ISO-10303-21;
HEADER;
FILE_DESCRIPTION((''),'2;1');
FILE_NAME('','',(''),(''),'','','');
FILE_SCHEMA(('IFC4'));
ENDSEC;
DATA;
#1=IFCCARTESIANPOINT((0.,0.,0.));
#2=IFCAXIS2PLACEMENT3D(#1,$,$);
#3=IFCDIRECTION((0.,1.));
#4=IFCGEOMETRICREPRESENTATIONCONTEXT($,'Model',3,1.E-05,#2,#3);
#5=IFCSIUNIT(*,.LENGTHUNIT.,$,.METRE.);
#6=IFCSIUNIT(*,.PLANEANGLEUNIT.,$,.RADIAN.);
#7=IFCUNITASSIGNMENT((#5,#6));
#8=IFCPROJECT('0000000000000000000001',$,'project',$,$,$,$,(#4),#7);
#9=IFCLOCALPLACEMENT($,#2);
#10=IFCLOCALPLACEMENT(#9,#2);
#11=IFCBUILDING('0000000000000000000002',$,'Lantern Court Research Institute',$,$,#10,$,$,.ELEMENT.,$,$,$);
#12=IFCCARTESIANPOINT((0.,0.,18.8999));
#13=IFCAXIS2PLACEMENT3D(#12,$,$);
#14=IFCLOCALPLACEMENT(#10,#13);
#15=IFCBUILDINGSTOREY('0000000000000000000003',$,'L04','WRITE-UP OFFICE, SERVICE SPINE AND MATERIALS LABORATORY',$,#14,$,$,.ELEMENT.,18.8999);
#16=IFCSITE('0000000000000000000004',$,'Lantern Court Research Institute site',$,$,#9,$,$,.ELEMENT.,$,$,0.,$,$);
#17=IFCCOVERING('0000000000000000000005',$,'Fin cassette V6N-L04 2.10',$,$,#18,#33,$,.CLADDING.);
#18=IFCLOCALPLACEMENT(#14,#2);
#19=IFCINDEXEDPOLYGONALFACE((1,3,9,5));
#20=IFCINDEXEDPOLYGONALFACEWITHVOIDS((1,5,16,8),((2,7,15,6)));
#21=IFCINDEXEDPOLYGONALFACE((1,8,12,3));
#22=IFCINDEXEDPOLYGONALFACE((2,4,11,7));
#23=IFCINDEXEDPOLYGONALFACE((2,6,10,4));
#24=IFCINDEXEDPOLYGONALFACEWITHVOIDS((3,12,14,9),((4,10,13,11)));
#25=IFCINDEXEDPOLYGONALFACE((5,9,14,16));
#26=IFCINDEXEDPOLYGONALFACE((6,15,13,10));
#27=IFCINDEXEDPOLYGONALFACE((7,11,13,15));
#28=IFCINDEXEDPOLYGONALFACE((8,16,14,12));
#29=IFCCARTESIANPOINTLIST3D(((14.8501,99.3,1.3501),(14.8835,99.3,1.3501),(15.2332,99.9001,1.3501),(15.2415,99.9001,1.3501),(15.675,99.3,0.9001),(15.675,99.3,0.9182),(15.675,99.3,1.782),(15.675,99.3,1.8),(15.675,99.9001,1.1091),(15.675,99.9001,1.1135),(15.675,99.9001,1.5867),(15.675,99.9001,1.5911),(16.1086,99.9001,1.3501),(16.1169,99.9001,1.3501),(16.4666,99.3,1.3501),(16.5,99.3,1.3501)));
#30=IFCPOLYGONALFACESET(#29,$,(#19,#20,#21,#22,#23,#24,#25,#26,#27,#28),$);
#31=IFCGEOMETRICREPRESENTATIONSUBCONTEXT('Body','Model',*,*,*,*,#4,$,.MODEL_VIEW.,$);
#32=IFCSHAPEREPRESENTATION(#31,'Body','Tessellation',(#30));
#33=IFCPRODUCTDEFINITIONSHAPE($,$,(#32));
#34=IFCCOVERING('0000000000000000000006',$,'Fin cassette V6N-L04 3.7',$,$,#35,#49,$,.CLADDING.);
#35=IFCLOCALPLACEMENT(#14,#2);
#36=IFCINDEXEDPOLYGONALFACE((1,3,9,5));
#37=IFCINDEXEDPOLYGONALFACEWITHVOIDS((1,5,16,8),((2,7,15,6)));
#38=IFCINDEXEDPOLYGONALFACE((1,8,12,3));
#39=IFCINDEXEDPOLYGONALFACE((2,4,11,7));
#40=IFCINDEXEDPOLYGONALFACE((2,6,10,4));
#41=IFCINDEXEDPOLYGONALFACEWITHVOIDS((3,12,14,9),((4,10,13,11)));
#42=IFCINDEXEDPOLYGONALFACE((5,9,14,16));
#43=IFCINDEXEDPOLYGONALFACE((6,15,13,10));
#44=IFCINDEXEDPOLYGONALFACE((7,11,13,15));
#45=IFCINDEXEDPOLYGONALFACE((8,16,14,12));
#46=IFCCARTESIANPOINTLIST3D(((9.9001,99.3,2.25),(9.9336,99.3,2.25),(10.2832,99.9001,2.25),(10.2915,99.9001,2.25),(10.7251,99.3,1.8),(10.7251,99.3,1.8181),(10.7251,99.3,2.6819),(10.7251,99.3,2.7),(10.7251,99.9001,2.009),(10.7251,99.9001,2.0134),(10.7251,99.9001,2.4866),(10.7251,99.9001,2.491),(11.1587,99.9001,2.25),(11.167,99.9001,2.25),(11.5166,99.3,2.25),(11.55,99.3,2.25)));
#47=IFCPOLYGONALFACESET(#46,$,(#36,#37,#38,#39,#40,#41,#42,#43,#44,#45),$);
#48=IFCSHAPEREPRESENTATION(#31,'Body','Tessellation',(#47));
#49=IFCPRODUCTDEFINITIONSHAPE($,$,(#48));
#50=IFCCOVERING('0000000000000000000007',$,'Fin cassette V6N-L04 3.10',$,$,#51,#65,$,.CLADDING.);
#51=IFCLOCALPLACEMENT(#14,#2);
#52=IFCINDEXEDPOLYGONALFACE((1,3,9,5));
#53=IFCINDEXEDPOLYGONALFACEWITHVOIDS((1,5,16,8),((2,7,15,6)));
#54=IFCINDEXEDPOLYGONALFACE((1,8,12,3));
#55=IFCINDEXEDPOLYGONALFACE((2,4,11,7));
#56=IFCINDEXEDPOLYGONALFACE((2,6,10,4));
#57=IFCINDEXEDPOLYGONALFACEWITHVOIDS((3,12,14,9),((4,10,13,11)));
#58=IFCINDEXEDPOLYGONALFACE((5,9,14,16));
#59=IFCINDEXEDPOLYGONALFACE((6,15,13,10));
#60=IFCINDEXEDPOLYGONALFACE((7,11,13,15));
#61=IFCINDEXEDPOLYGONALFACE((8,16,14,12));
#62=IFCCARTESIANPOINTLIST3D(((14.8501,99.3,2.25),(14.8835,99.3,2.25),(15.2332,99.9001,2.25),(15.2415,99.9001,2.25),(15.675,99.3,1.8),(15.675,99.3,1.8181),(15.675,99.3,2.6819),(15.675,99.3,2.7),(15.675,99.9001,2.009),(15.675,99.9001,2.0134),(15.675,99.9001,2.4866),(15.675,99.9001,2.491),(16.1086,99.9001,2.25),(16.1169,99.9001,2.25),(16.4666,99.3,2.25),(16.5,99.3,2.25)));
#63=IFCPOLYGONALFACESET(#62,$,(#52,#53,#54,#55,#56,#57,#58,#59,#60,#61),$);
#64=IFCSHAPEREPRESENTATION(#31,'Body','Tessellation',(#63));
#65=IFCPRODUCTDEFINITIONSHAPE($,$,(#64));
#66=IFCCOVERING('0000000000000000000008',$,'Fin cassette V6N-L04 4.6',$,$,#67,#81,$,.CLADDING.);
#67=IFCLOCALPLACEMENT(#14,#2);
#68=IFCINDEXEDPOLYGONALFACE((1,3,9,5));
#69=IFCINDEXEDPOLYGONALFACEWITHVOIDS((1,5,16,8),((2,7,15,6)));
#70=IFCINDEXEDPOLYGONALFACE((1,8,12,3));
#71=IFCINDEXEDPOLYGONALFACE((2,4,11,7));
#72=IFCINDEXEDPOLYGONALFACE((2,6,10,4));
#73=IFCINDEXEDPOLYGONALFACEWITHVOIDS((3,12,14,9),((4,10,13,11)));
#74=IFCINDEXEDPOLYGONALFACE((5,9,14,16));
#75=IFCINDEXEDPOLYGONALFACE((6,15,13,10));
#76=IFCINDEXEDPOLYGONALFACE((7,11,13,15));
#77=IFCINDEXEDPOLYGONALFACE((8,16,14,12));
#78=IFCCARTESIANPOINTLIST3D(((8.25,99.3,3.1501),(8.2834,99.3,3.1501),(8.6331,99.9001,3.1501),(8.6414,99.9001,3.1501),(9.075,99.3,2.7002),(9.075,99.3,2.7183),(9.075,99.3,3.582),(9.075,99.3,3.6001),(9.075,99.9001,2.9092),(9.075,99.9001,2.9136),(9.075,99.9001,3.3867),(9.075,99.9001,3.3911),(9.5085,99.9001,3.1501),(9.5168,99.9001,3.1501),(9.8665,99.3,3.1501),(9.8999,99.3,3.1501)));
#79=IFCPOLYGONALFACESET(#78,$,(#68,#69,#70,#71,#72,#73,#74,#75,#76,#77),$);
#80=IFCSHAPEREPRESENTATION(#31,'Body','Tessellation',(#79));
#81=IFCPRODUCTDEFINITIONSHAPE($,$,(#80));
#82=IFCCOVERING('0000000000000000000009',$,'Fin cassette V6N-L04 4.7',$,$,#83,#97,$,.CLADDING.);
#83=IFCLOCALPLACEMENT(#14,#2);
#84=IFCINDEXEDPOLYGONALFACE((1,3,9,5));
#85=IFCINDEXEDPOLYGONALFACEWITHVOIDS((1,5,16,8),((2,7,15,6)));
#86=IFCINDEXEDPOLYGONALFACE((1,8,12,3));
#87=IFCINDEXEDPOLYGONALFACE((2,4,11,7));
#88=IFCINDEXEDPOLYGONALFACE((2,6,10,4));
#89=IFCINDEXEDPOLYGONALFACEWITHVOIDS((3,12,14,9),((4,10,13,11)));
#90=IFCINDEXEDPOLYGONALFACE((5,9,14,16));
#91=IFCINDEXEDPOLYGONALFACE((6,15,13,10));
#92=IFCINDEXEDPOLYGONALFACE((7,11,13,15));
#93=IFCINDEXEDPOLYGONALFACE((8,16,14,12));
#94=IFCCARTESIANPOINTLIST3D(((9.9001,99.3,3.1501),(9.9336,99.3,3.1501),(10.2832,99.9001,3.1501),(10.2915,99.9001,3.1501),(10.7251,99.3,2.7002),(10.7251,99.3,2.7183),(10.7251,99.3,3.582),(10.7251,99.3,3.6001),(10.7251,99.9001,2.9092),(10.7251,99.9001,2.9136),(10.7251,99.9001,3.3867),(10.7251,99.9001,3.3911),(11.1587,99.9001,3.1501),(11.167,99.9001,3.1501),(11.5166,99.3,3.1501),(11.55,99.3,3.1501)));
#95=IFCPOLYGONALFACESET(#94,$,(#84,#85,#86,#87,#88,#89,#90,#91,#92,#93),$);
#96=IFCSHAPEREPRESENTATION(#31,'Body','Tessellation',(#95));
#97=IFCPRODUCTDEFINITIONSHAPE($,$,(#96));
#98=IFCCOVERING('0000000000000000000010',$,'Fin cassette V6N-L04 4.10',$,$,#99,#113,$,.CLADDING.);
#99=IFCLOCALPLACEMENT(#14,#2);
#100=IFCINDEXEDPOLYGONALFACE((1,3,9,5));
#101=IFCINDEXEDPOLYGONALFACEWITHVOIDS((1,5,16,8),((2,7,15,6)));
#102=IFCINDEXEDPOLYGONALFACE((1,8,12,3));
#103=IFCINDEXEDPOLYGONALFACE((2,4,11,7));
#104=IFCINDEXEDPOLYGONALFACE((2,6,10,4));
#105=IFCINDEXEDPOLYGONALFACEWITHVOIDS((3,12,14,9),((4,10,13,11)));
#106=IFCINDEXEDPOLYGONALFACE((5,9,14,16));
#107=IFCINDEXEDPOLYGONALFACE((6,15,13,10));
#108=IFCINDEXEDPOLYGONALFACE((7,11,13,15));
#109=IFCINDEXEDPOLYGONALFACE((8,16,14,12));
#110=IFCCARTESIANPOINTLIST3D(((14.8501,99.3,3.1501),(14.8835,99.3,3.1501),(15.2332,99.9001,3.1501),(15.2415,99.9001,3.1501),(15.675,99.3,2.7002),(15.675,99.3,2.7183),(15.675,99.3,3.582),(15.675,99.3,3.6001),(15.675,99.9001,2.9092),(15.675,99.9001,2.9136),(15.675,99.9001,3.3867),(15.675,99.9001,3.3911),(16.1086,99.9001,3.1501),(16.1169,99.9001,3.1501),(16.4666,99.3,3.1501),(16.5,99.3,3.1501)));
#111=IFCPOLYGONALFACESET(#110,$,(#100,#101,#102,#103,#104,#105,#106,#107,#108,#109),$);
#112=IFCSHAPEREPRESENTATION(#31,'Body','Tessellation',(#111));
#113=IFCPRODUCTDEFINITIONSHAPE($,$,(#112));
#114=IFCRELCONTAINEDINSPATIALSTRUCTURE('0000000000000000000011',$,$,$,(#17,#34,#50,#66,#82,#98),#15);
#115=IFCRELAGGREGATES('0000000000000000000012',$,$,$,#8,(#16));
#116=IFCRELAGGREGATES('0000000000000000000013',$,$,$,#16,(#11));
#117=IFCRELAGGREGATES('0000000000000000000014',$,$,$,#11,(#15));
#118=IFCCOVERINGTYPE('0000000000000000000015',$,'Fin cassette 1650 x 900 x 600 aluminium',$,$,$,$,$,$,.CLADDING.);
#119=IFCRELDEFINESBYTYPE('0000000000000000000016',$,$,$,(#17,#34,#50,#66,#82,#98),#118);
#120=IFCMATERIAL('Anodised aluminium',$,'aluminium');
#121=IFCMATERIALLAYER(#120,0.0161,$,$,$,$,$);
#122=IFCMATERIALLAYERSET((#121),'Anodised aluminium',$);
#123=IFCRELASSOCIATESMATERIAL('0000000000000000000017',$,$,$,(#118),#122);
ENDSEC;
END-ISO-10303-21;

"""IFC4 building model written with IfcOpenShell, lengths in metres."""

from ifc_helpers import new_model, entity, si_unit, direction, frame, origin, place, context, subcontext, project, spatial, material, layer, layer_set, type_object, element, save


model = new_model("IFC4")

# Units and contexts
model_context = context("Model", 3, precision=1e-05, world=origin(), true_north=direction((0.0, 1.0)))
body_context = subcontext(model_context, "Body", "Model", "MODEL_VIEW")
ifc_project = project(units=[si_unit("LENGTHUNIT", "METRE"), si_unit("PLANEANGLEUNIT", "RADIAN")], contexts=[model_context])

# Site, building, storey
site_placement = place(None, origin())
site = spatial("IfcSite", under=ifc_project, at=site_placement, Name="Lantern Court Research Institute site", CompositionType="ELEMENT", RefElevation=0.0)
building_placement = place(site_placement, origin())
building = spatial("IfcBuilding", under=site, at=building_placement, Name="Lantern Court Research Institute", CompositionType="ELEMENT")
storey_placement = place(building_placement, frame((0.0, 0.0, 18.8999)))
storey = spatial("IfcBuildingStorey", under=building, at=storey_placement, Name="L04", Description="WRITE-UP OFFICE, SERVICE SPINE AND MATERIALS LABORATORY", CompositionType="ELEMENT", Elevation=18.8999)

# Coverings
ifc_material_1 = material(Name="Anodised aluminium", Category="aluminium")
ifc_layer_1 = layer(ifc_material_1, 0.0161)
ifc_layer_set_1 = layer_set([ifc_layer_1], Name="Anodised aluminium")
covering_type_1 = type_object("IfcCoveringType", Name="Fin cassette 1650 x 900 x 600 aluminium", PredefinedType="CLADDING", material=ifc_layer_set_1)
covering_1_placement = place(storey_placement, frame((15.675, 99.3, 1.3501), z_axis=(0.0, 1.0, 0.0), x_axis=(-1.0, 0.0, 0.0)))
cartesian_point_1 = entity("IfcCartesianPoint", [0.825, 0.0])
cartesian_point_2 = entity("IfcCartesianPoint", [0.7915, 0.0])
cartesian_point_3 = entity("IfcCartesianPoint", [0.4419, 0.0])
cartesian_point_4 = entity("IfcCartesianPoint", [0.4336, 0.0])
element("IfcCovering", 1, at=covering_1_placement, inside=storey, type_object=covering_type_1, Name="Fin cassette V6N-L04 2.10", PredefinedType="CLADDING", context=body_context, shape_type="SweptSolid", body=[
    entity("IfcExtrudedAreaSolidTapered", entity("IfcArbitraryProfileDefWithVoids", "AREA", None, entity("IfcPolyline", [cartesian_point_1, entity("IfcCartesianPoint", [0.0, 0.45]), entity("IfcCartesianPoint", [-0.825, 0.0]), entity("IfcCartesianPoint", [0.0, -0.45]), cartesian_point_1]), [entity("IfcPolyline", [cartesian_point_2, entity("IfcCartesianPoint", [0.0, 0.4319]), entity("IfcCartesianPoint", [-0.7915, 0.0]), entity("IfcCartesianPoint", [0.0, -0.4319]), cartesian_point_2])]), entity("IfcAxis2Placement3D", entity("IfcCartesianPoint", [0.0, 0.0, 0.0])), entity("IfcDirection", [0.0, 0.0, 1.0]), 0.6001, entity("IfcArbitraryProfileDefWithVoids", "AREA", None, entity("IfcPolyline", [cartesian_point_3, entity("IfcCartesianPoint", [0.0, 0.241]), entity("IfcCartesianPoint", [-0.4419, 0.0]), entity("IfcCartesianPoint", [0.0, -0.241]), cartesian_point_3]), [entity("IfcPolyline", [cartesian_point_4, entity("IfcCartesianPoint", [0.0, 0.2366]), entity("IfcCartesianPoint", [-0.4336, 0.0]), entity("IfcCartesianPoint", [0.0, -0.2366]), cartesian_point_4])])),
])
covering_2_placement = place(storey_placement, frame((10.7251, 99.3, 2.25), z_axis=(0.0, 1.0, 0.0), x_axis=(-1.0, 0.0, 0.0)))
cartesian_point_5 = entity("IfcCartesianPoint", [0.825, 0.0])
cartesian_point_6 = entity("IfcCartesianPoint", [0.7915, 0.0])
cartesian_point_7 = entity("IfcCartesianPoint", [0.4419, 0.0])
cartesian_point_8 = entity("IfcCartesianPoint", [0.4336, 0.0])
element("IfcCovering", 2, at=covering_2_placement, inside=storey, type_object=covering_type_1, Name="Fin cassette V6N-L04 3.7", PredefinedType="CLADDING", context=body_context, shape_type="SweptSolid", body=[
    entity("IfcExtrudedAreaSolidTapered", entity("IfcArbitraryProfileDefWithVoids", "AREA", None, entity("IfcPolyline", [cartesian_point_5, entity("IfcCartesianPoint", [0.0, 0.45]), entity("IfcCartesianPoint", [-0.825, 0.0]), entity("IfcCartesianPoint", [0.0, -0.45]), cartesian_point_5]), [entity("IfcPolyline", [cartesian_point_6, entity("IfcCartesianPoint", [0.0, 0.4319]), entity("IfcCartesianPoint", [-0.7915, 0.0]), entity("IfcCartesianPoint", [0.0, -0.4319]), cartesian_point_6])]), entity("IfcAxis2Placement3D", entity("IfcCartesianPoint", [0.0, 0.0, 0.0])), entity("IfcDirection", [0.0, 0.0, 1.0]), 0.6001, entity("IfcArbitraryProfileDefWithVoids", "AREA", None, entity("IfcPolyline", [cartesian_point_7, entity("IfcCartesianPoint", [0.0, 0.241]), entity("IfcCartesianPoint", [-0.4419, 0.0]), entity("IfcCartesianPoint", [0.0, -0.241]), cartesian_point_7]), [entity("IfcPolyline", [cartesian_point_8, entity("IfcCartesianPoint", [0.0, 0.2366]), entity("IfcCartesianPoint", [-0.4336, 0.0]), entity("IfcCartesianPoint", [0.0, -0.2366]), cartesian_point_8])])),
])
covering_3_placement = place(storey_placement, frame((15.675, 99.3, 2.25), z_axis=(0.0, 1.0, 0.0), x_axis=(-1.0, 0.0, 0.0)))
cartesian_point_9 = entity("IfcCartesianPoint", [0.825, 0.0])
cartesian_point_10 = entity("IfcCartesianPoint", [0.7915, 0.0])
cartesian_point_11 = entity("IfcCartesianPoint", [0.4419, 0.0])
cartesian_point_12 = entity("IfcCartesianPoint", [0.4336, 0.0])
element("IfcCovering", 3, at=covering_3_placement, inside=storey, type_object=covering_type_1, Name="Fin cassette V6N-L04 3.10", PredefinedType="CLADDING", context=body_context, shape_type="SweptSolid", body=[
    entity("IfcExtrudedAreaSolidTapered", entity("IfcArbitraryProfileDefWithVoids", "AREA", None, entity("IfcPolyline", [cartesian_point_9, entity("IfcCartesianPoint", [0.0, 0.45]), entity("IfcCartesianPoint", [-0.825, 0.0]), entity("IfcCartesianPoint", [0.0, -0.45]), cartesian_point_9]), [entity("IfcPolyline", [cartesian_point_10, entity("IfcCartesianPoint", [0.0, 0.4319]), entity("IfcCartesianPoint", [-0.7915, 0.0]), entity("IfcCartesianPoint", [0.0, -0.4319]), cartesian_point_10])]), entity("IfcAxis2Placement3D", entity("IfcCartesianPoint", [0.0, 0.0, 0.0])), entity("IfcDirection", [0.0, 0.0, 1.0]), 0.6001, entity("IfcArbitraryProfileDefWithVoids", "AREA", None, entity("IfcPolyline", [cartesian_point_11, entity("IfcCartesianPoint", [0.0, 0.241]), entity("IfcCartesianPoint", [-0.4419, 0.0]), entity("IfcCartesianPoint", [0.0, -0.241]), cartesian_point_11]), [entity("IfcPolyline", [cartesian_point_12, entity("IfcCartesianPoint", [0.0, 0.2366]), entity("IfcCartesianPoint", [-0.4336, 0.0]), entity("IfcCartesianPoint", [0.0, -0.2366]), cartesian_point_12])])),
])
covering_4_placement = place(storey_placement, frame((9.075, 99.3, 3.1501), z_axis=(0.0, 1.0, 0.0), x_axis=(-1.0, 0.0, 0.0)))
cartesian_point_13 = entity("IfcCartesianPoint", [0.825, 0.0])
cartesian_point_14 = entity("IfcCartesianPoint", [0.7915, 0.0])
cartesian_point_15 = entity("IfcCartesianPoint", [0.4419, 0.0])
cartesian_point_16 = entity("IfcCartesianPoint", [0.4336, 0.0])
element("IfcCovering", 4, at=covering_4_placement, inside=storey, type_object=covering_type_1, Name="Fin cassette V6N-L04 4.6", PredefinedType="CLADDING", context=body_context, shape_type="SweptSolid", body=[
    entity("IfcExtrudedAreaSolidTapered", entity("IfcArbitraryProfileDefWithVoids", "AREA", None, entity("IfcPolyline", [cartesian_point_13, entity("IfcCartesianPoint", [0.0, 0.45]), entity("IfcCartesianPoint", [-0.825, 0.0]), entity("IfcCartesianPoint", [0.0, -0.45]), cartesian_point_13]), [entity("IfcPolyline", [cartesian_point_14, entity("IfcCartesianPoint", [0.0, 0.4319]), entity("IfcCartesianPoint", [-0.7915, 0.0]), entity("IfcCartesianPoint", [0.0, -0.4319]), cartesian_point_14])]), entity("IfcAxis2Placement3D", entity("IfcCartesianPoint", [0.0, 0.0, 0.0])), entity("IfcDirection", [0.0, 0.0, 1.0]), 0.6001, entity("IfcArbitraryProfileDefWithVoids", "AREA", None, entity("IfcPolyline", [cartesian_point_15, entity("IfcCartesianPoint", [0.0, 0.241]), entity("IfcCartesianPoint", [-0.4419, 0.0]), entity("IfcCartesianPoint", [0.0, -0.241]), cartesian_point_15]), [entity("IfcPolyline", [cartesian_point_16, entity("IfcCartesianPoint", [0.0, 0.2366]), entity("IfcCartesianPoint", [-0.4336, 0.0]), entity("IfcCartesianPoint", [0.0, -0.2366]), cartesian_point_16])])),
])
covering_5_placement = place(storey_placement, frame((10.7251, 99.3, 3.1501), z_axis=(0.0, 1.0, 0.0), x_axis=(-1.0, 0.0, 0.0)))
cartesian_point_17 = entity("IfcCartesianPoint", [0.825, 0.0])
cartesian_point_18 = entity("IfcCartesianPoint", [0.7915, 0.0])
cartesian_point_19 = entity("IfcCartesianPoint", [0.4419, 0.0])
cartesian_point_20 = entity("IfcCartesianPoint", [0.4336, 0.0])
element("IfcCovering", 5, at=covering_5_placement, inside=storey, type_object=covering_type_1, Name="Fin cassette V6N-L04 4.7", PredefinedType="CLADDING", context=body_context, shape_type="SweptSolid", body=[
    entity("IfcExtrudedAreaSolidTapered", entity("IfcArbitraryProfileDefWithVoids", "AREA", None, entity("IfcPolyline", [cartesian_point_17, entity("IfcCartesianPoint", [0.0, 0.45]), entity("IfcCartesianPoint", [-0.825, 0.0]), entity("IfcCartesianPoint", [0.0, -0.45]), cartesian_point_17]), [entity("IfcPolyline", [cartesian_point_18, entity("IfcCartesianPoint", [0.0, 0.4319]), entity("IfcCartesianPoint", [-0.7915, 0.0]), entity("IfcCartesianPoint", [0.0, -0.4319]), cartesian_point_18])]), entity("IfcAxis2Placement3D", entity("IfcCartesianPoint", [0.0, 0.0, 0.0])), entity("IfcDirection", [0.0, 0.0, 1.0]), 0.6001, entity("IfcArbitraryProfileDefWithVoids", "AREA", None, entity("IfcPolyline", [cartesian_point_19, entity("IfcCartesianPoint", [0.0, 0.241]), entity("IfcCartesianPoint", [-0.4419, 0.0]), entity("IfcCartesianPoint", [0.0, -0.241]), cartesian_point_19]), [entity("IfcPolyline", [cartesian_point_20, entity("IfcCartesianPoint", [0.0, 0.2366]), entity("IfcCartesianPoint", [-0.4336, 0.0]), entity("IfcCartesianPoint", [0.0, -0.2366]), cartesian_point_20])])),
])
covering_6_placement = place(storey_placement, frame((15.675, 99.3, 3.1501), z_axis=(0.0, 1.0, 0.0), x_axis=(-1.0, 0.0, 0.0)))
cartesian_point_21 = entity("IfcCartesianPoint", [0.825, 0.0])
cartesian_point_22 = entity("IfcCartesianPoint", [0.7915, 0.0])
cartesian_point_23 = entity("IfcCartesianPoint", [0.4419, 0.0])
cartesian_point_24 = entity("IfcCartesianPoint", [0.4336, 0.0])
element("IfcCovering", 6, at=covering_6_placement, inside=storey, type_object=covering_type_1, Name="Fin cassette V6N-L04 4.10", PredefinedType="CLADDING", context=body_context, shape_type="SweptSolid", body=[
    entity("IfcExtrudedAreaSolidTapered", entity("IfcArbitraryProfileDefWithVoids", "AREA", None, entity("IfcPolyline", [cartesian_point_21, entity("IfcCartesianPoint", [0.0, 0.45]), entity("IfcCartesianPoint", [-0.825, 0.0]), entity("IfcCartesianPoint", [0.0, -0.45]), cartesian_point_21]), [entity("IfcPolyline", [cartesian_point_22, entity("IfcCartesianPoint", [0.0, 0.4319]), entity("IfcCartesianPoint", [-0.7915, 0.0]), entity("IfcCartesianPoint", [0.0, -0.4319]), cartesian_point_22])]), entity("IfcAxis2Placement3D", entity("IfcCartesianPoint", [0.0, 0.0, 0.0])), entity("IfcDirection", [0.0, 0.0, 1.0]), 0.6001, entity("IfcArbitraryProfileDefWithVoids", "AREA", None, entity("IfcPolyline", [cartesian_point_23, entity("IfcCartesianPoint", [0.0, 0.241]), entity("IfcCartesianPoint", [-0.4419, 0.0]), entity("IfcCartesianPoint", [0.0, -0.241]), cartesian_point_23]), [entity("IfcPolyline", [cartesian_point_24, entity("IfcCartesianPoint", [0.0, 0.2366]), entity("IfcCartesianPoint", [-0.4336, 0.0]), entity("IfcCartesianPoint", [0.0, -0.2366]), cartesian_point_24])])),
])

save(model, "model.ifc")
